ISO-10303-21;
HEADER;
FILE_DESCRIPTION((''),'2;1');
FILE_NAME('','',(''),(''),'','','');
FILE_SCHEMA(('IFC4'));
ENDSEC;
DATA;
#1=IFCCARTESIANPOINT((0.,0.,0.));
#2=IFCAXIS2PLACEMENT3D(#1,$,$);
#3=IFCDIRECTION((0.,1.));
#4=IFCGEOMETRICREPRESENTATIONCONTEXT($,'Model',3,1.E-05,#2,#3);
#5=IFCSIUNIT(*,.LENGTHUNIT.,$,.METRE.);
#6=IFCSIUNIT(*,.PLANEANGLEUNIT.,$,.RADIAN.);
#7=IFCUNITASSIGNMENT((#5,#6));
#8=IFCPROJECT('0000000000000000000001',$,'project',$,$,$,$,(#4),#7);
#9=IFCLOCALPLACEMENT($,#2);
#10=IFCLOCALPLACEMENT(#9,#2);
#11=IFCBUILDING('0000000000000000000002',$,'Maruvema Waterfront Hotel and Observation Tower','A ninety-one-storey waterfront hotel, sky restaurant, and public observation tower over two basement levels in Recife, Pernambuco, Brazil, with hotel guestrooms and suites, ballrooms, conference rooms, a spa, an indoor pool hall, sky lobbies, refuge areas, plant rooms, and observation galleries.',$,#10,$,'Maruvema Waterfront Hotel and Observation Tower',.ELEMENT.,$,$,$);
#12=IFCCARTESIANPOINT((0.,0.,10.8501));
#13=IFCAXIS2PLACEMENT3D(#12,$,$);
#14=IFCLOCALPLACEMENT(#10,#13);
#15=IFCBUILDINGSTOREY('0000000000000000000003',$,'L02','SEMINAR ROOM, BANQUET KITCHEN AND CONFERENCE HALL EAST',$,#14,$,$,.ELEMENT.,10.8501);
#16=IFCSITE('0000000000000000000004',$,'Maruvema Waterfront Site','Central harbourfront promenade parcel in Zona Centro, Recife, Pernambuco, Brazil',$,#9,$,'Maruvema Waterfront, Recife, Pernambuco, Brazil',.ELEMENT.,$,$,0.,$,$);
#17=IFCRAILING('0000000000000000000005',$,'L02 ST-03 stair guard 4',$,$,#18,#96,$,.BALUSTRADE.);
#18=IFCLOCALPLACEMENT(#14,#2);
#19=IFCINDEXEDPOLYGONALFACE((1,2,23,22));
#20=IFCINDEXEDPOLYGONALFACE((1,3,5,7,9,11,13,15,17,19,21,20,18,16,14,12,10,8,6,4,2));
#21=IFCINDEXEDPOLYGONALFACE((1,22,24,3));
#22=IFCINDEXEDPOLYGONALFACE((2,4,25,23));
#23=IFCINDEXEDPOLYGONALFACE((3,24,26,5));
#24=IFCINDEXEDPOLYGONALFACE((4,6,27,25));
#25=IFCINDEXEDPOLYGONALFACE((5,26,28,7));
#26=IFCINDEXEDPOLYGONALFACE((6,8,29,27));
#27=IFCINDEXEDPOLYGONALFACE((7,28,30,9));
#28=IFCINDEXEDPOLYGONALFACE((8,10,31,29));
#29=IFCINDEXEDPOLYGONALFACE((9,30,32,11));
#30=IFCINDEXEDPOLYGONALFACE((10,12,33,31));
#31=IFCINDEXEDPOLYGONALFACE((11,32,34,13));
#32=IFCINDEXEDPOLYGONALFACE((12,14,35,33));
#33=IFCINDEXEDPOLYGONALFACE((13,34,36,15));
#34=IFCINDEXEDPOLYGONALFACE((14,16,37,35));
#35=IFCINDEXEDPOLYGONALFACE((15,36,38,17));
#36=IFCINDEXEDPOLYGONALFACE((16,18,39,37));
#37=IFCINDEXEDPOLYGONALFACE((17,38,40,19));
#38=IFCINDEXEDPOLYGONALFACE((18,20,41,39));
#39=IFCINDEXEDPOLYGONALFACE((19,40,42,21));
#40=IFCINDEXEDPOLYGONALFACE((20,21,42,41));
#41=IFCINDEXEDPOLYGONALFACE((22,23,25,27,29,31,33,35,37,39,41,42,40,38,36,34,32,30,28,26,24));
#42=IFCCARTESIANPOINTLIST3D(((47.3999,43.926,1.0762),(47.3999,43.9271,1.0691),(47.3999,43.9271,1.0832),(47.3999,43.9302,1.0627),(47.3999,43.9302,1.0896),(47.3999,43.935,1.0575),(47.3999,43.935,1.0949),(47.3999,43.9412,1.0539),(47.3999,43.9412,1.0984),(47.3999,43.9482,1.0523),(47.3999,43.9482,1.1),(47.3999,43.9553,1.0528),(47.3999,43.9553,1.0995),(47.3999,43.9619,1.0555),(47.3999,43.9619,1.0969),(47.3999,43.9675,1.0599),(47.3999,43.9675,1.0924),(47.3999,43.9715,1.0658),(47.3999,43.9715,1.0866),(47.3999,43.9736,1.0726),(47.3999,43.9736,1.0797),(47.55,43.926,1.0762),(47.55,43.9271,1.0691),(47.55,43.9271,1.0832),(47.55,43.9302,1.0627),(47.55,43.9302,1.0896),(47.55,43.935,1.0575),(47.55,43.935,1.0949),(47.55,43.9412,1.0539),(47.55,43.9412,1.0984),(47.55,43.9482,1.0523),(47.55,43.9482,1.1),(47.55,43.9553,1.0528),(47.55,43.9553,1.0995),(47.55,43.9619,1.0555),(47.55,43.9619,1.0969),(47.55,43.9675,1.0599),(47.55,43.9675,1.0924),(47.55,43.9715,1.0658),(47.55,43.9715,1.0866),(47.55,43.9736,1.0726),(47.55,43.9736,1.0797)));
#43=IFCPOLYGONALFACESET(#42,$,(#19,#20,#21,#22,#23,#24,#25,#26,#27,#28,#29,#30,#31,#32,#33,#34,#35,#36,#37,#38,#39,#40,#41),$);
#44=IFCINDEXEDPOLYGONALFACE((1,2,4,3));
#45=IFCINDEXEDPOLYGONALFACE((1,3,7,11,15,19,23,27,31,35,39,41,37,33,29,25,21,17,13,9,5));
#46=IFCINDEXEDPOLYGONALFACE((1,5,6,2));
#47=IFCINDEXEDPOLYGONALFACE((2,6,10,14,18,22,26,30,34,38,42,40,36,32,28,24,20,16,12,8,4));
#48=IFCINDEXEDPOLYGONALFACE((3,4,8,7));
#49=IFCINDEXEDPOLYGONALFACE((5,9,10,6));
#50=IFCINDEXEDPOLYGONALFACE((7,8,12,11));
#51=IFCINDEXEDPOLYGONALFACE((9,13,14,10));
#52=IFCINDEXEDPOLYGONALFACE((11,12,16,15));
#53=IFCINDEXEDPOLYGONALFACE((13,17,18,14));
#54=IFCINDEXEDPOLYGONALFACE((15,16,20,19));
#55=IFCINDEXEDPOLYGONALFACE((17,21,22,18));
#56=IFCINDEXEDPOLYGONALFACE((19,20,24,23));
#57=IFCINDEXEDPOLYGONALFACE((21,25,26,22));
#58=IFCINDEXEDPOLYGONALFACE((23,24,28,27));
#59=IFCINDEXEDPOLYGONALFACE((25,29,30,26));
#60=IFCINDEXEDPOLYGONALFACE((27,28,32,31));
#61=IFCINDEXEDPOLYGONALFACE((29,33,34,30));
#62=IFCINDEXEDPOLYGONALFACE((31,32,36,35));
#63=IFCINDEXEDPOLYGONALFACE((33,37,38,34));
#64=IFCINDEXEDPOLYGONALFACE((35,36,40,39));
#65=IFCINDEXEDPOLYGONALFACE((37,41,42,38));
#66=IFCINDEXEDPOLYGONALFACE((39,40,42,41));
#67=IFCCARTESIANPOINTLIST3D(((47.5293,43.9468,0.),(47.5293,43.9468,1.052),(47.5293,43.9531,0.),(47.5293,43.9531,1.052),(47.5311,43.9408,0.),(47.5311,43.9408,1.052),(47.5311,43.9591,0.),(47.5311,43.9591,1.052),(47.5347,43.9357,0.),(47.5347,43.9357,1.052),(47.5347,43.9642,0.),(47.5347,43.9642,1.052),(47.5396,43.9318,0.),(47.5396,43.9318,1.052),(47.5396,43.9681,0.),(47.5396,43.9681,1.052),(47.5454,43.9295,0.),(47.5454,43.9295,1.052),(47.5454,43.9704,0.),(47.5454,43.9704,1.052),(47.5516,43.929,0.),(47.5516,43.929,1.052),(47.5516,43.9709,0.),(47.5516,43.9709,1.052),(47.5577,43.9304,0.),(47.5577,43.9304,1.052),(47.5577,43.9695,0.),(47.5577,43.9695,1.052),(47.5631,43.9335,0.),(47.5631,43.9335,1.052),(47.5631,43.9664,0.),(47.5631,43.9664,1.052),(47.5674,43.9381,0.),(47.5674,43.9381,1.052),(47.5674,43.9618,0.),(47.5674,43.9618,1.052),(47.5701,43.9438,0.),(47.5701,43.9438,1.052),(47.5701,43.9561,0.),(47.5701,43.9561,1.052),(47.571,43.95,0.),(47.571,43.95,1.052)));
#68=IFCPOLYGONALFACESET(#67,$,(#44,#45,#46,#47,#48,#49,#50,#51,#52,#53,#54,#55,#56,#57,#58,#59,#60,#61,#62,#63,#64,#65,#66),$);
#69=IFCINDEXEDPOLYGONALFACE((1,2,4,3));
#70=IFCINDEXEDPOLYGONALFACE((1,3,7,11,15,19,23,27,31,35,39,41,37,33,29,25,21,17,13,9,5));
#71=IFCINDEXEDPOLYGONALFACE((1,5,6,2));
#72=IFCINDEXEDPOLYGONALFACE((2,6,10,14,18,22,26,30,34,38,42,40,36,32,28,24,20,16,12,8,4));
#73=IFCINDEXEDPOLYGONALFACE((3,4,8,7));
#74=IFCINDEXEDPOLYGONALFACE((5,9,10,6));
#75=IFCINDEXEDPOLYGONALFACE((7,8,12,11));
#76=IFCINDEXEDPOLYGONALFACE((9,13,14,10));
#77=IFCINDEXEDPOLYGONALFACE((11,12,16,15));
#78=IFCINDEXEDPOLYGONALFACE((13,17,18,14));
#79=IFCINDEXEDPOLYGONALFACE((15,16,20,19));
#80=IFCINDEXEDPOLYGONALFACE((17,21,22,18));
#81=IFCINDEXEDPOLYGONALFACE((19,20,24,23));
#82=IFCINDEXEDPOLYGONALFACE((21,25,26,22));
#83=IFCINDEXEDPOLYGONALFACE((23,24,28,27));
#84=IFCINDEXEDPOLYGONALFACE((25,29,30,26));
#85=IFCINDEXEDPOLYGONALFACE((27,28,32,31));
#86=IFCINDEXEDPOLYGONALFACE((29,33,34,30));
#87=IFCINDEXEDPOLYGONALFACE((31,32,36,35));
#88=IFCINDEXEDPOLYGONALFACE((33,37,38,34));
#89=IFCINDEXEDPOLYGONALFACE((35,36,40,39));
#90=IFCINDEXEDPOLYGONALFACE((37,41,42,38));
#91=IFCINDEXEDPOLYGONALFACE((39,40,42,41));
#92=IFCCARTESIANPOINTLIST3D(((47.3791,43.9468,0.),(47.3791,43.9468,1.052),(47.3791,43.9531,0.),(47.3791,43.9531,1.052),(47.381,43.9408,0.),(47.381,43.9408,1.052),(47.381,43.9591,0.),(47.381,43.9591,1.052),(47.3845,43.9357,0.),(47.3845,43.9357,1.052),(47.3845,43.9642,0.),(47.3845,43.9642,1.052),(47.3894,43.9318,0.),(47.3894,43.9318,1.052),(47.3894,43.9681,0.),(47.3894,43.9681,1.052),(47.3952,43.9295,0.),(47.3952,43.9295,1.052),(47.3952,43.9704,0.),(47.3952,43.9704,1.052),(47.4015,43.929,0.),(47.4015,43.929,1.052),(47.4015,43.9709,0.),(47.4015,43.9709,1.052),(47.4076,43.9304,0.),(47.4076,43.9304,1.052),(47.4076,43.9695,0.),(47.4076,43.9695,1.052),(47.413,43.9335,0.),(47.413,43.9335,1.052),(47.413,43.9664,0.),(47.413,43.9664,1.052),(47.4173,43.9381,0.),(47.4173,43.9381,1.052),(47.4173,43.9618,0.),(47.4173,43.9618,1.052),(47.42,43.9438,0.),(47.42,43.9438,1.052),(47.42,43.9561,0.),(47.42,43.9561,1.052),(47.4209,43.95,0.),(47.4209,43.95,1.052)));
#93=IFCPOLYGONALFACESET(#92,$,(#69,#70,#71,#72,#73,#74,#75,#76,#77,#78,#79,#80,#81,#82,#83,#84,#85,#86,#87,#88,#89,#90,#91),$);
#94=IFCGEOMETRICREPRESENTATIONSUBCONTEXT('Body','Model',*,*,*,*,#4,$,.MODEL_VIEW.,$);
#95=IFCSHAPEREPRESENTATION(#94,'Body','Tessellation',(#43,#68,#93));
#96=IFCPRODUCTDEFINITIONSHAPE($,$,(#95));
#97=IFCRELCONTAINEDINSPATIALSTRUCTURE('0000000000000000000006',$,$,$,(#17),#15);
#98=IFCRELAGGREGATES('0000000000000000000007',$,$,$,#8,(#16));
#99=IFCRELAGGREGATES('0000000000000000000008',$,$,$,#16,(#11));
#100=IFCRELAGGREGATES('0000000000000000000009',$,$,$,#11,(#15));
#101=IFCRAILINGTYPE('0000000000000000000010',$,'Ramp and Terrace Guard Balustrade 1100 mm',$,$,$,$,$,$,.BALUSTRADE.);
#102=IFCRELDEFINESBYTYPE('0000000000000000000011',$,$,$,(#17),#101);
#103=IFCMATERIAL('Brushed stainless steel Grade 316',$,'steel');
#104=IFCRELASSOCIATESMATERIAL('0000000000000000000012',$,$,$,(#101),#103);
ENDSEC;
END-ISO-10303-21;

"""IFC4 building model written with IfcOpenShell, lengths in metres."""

from ifc_helpers import new_model, si_unit, direction, frame, origin, origin_2d, place, context, subcontext, project, spatial, circle, extrude, material, type_object, element, save


model = new_model("IFC4")

# Units and contexts
model_context = context("Model", 3, precision=1e-05, world=origin(), true_north=direction((0.0, 1.0)))
body_context = subcontext(model_context, "Body", "Model", "MODEL_VIEW")
ifc_project = project(units=[si_unit("LENGTHUNIT", "METRE"), si_unit("PLANEANGLEUNIT", "RADIAN")], contexts=[model_context])

# Site, building, storey
site_placement = place(None, origin())
site = spatial("IfcSite", under=ifc_project, at=site_placement, Name="Maruvema Waterfront Site", Description="Central harbourfront promenade parcel in Zona Centro, Recife, Pernambuco, Brazil", LongName="Maruvema Waterfront, Recife, Pernambuco, Brazil", CompositionType="ELEMENT", RefElevation=0.0)
building_placement = place(site_placement, origin())
building = spatial("IfcBuilding", under=site, at=building_placement, Name="Maruvema Waterfront Hotel and Observation Tower", Description="A ninety-one-storey waterfront hotel, sky restaurant, and public observation tower over two basement levels in Recife, Pernambuco, Brazil, with hotel guestrooms and suites, ballrooms, conference rooms, a spa, an indoor pool hall, sky lobbies, refuge areas, plant rooms, and observation galleries.", LongName="Maruvema Waterfront Hotel and Observation Tower", CompositionType="ELEMENT")
storey_placement = place(building_placement, frame((0.0, 0.0, 10.8501)))
storey = spatial("IfcBuildingStorey", under=building, at=storey_placement, Name="L02", Description="SEMINAR ROOM, BANQUET KITCHEN AND CONFERENCE HALL EAST", CompositionType="ELEMENT", Elevation=10.8501)

# Railing
ifc_material_1 = material(Name="Brushed stainless steel Grade 316", Category="steel")
railing_type_1 = type_object("IfcRailingType", Name="Ramp and Terrace Guard Balustrade 1100 mm", PredefinedType="BALUSTRADE", material=ifc_material_1)
railing_1_placement = place(storey_placement, frame((47.55, 43.95, 0.0)))
element("IfcRailing", 1, at=railing_1_placement, inside=storey, type_object=railing_type_1, Name="L02 ST-03 stair guard 4", PredefinedType="BALUSTRADE", context=body_context, shape_type="SweptSolid", body=[
    extrude(circle(Radius=0.0239, at=origin_2d()), frame((0.0, 0.0, 1.0762), z_axis=(-1.0, 0.0, 0.0), x_axis=(0.0, -1.0, 0.0)), (0.0, 0.0, 1.0), 0.1501),
    extrude(circle(Radius=0.021, at=origin_2d()), origin(), (0.0, 0.0, 1.0), 1.052),
    extrude(circle(Radius=0.021, at=origin_2d()), frame((-0.1501, 0.0, 0.0)), (0.0, 0.0, 1.0), 1.052),
])

save(model, "model.ifc")
